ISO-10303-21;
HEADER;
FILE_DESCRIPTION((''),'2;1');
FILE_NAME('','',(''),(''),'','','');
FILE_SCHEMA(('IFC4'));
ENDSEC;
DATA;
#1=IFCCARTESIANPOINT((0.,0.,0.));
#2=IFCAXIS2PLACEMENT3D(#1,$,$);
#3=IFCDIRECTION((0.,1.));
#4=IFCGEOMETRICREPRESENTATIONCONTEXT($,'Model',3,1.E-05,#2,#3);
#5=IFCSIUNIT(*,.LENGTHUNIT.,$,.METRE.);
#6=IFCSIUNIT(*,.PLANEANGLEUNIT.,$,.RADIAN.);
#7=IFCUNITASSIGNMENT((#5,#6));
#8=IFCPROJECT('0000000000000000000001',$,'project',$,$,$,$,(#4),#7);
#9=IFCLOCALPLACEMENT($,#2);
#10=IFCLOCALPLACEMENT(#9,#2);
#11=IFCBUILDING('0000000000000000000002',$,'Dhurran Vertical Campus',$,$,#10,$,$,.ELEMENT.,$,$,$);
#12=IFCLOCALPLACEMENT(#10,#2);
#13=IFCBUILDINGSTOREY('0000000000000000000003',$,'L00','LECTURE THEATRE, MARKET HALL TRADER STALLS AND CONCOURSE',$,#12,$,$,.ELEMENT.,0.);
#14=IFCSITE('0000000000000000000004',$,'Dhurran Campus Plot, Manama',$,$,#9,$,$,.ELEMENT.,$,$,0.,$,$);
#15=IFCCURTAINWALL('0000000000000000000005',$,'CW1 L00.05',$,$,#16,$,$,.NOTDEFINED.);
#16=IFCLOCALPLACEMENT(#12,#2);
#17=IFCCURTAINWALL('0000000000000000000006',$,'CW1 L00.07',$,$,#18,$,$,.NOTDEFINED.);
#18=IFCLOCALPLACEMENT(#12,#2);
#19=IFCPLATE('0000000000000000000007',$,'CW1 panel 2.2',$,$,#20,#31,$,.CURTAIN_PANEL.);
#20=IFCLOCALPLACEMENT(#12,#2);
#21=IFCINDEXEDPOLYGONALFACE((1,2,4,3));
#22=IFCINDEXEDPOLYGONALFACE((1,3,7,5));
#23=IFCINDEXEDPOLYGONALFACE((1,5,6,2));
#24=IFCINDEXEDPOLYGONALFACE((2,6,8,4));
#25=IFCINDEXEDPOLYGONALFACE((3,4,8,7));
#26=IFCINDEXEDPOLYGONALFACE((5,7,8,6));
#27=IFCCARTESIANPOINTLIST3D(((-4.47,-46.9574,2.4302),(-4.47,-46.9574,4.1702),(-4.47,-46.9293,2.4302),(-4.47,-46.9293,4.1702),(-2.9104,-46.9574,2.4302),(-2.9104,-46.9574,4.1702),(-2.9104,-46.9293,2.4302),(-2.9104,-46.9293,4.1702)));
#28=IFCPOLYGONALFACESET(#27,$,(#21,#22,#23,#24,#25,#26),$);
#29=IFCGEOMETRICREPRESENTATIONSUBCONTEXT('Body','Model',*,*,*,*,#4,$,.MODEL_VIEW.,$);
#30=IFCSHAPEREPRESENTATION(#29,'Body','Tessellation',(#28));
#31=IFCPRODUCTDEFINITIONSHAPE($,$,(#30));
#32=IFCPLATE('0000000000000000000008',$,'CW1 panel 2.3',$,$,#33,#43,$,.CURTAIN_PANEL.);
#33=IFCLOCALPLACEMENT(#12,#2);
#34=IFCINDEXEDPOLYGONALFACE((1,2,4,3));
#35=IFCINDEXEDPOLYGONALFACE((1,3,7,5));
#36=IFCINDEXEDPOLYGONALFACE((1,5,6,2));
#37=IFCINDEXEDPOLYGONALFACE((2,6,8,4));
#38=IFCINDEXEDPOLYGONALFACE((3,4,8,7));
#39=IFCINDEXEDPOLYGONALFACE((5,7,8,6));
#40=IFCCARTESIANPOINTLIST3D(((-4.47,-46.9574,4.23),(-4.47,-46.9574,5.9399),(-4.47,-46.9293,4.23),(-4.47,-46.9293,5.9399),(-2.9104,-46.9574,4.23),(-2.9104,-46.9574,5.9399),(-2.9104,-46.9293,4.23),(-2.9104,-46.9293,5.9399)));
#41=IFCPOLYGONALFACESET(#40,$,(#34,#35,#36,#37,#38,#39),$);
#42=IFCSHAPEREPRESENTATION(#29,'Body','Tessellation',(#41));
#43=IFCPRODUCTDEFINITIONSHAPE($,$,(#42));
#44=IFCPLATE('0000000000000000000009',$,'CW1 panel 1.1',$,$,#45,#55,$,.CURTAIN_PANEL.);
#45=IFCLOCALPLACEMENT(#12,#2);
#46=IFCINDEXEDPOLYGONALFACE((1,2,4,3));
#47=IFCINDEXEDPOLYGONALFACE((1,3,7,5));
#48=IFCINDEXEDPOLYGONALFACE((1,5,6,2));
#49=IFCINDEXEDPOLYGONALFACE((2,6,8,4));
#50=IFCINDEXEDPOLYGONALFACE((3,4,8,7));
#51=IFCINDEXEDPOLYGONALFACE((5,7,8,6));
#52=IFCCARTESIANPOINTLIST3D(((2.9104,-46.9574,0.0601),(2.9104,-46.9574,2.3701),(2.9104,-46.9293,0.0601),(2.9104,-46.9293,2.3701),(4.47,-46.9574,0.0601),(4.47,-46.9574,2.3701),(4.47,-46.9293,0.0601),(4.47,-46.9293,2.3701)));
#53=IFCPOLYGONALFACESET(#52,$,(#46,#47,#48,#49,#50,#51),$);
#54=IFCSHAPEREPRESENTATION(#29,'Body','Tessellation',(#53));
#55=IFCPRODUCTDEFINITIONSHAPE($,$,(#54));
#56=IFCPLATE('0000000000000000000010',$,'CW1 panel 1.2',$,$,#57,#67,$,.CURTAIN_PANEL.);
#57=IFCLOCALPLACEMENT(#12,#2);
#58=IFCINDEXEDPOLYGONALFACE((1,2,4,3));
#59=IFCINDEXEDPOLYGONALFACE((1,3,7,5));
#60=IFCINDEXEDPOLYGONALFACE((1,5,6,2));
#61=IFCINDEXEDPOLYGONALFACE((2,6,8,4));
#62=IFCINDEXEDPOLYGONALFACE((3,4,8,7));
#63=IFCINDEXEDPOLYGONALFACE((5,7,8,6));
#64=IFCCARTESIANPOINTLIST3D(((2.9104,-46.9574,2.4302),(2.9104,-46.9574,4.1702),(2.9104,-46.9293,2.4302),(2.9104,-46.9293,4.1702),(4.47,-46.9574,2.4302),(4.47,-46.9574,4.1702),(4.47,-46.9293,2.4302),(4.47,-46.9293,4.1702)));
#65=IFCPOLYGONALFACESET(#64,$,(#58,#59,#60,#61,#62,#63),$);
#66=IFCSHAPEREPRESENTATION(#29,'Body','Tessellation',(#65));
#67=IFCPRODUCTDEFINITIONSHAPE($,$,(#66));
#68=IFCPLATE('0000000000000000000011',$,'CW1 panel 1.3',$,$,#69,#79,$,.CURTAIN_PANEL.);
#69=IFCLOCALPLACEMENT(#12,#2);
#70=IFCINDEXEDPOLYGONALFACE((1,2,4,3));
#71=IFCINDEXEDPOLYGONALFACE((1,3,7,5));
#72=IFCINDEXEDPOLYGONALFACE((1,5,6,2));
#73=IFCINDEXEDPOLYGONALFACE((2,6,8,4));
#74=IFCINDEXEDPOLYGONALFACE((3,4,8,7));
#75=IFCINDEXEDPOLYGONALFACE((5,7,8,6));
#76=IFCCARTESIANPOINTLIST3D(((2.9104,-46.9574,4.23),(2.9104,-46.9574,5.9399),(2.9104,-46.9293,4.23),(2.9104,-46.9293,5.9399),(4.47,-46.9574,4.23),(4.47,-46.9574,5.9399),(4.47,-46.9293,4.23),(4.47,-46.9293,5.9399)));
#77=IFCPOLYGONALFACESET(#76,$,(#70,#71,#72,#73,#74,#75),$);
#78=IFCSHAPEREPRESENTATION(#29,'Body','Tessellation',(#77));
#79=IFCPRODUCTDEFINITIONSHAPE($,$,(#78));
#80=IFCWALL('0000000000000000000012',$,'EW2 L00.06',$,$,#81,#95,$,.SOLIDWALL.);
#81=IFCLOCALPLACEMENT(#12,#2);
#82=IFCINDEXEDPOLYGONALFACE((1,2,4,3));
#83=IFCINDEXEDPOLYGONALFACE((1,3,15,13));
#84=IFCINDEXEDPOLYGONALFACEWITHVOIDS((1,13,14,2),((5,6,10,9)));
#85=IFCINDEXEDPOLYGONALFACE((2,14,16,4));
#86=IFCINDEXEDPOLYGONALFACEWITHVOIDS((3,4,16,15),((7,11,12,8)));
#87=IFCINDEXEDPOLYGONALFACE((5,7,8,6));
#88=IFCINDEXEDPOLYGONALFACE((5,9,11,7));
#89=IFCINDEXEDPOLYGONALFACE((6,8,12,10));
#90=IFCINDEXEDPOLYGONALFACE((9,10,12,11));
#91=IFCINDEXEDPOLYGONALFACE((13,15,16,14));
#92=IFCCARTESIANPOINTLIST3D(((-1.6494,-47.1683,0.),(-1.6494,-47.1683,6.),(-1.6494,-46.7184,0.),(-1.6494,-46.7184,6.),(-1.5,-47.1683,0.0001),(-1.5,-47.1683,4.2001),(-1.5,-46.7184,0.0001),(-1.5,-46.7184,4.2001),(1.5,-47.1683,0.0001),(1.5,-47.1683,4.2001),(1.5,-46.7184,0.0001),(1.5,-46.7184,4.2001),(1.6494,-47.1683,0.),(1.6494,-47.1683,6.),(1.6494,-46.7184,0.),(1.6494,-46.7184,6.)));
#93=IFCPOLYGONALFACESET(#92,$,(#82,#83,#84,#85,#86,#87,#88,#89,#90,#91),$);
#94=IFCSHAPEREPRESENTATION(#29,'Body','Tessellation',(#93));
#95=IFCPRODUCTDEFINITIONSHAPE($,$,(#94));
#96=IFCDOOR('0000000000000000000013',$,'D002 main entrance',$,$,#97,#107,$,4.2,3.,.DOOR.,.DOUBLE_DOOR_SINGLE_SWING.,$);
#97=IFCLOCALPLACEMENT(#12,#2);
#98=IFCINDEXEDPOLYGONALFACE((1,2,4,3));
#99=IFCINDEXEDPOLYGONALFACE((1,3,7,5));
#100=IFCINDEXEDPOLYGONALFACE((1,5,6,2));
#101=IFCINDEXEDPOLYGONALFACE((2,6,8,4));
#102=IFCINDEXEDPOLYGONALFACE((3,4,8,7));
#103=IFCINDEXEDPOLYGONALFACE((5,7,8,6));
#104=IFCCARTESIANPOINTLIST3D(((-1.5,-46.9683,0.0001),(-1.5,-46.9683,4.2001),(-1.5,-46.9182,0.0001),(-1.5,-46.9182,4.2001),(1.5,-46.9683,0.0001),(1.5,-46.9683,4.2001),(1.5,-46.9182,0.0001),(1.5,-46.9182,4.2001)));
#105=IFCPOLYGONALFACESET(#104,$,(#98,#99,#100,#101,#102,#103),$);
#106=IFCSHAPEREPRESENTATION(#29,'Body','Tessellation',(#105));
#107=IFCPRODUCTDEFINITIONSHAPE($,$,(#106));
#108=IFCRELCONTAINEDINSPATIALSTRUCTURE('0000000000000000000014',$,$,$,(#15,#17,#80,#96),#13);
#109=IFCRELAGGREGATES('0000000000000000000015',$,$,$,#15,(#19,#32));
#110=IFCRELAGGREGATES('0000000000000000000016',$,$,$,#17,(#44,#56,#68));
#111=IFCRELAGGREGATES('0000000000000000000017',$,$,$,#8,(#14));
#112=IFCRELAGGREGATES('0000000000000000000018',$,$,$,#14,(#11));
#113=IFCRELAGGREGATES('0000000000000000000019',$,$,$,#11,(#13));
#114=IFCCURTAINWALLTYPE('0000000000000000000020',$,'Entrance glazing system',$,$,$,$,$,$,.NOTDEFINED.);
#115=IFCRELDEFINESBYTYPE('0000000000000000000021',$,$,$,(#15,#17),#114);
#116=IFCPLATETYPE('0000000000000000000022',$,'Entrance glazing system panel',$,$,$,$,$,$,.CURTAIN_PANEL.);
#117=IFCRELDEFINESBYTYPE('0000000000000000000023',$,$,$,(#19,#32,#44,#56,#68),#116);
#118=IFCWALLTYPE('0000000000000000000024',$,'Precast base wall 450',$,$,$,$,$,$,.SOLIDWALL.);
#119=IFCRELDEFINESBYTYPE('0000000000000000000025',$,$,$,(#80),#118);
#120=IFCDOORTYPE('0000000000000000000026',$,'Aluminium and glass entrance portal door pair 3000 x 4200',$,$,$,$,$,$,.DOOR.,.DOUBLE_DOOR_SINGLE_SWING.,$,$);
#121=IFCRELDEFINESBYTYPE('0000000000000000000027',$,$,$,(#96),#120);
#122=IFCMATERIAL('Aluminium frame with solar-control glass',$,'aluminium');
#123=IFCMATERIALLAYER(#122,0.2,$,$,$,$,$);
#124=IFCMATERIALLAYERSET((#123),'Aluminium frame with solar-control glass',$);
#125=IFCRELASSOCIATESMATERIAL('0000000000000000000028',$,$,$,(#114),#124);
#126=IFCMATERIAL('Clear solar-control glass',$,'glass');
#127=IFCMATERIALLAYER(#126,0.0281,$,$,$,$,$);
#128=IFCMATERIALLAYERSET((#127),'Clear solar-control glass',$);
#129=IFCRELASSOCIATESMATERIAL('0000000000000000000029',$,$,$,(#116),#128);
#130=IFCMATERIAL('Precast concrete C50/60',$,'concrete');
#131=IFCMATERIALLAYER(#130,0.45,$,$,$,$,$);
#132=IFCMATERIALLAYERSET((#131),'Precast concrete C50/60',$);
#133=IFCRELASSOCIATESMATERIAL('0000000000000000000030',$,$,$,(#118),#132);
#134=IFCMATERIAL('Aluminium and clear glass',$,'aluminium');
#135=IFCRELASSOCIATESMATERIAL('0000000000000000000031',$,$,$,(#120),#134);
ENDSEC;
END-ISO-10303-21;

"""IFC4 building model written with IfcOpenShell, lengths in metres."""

from ifc_helpers import new_model, si_unit, direction, frame, frame_2d, origin, origin_2d, place, context, subcontext, project, spatial, rectangle, extrude, material, layer, layer_set, type_object, element, fill, aggregate, save


model = new_model("IFC4")

# Units and contexts
model_context = context("Model", 3, precision=1e-05, world=origin(), true_north=direction((0.0, 1.0)))
body_context = subcontext(model_context, "Body", "Model", "MODEL_VIEW")
ifc_project = project(units=[si_unit("LENGTHUNIT", "METRE"), si_unit("PLANEANGLEUNIT", "RADIAN")], contexts=[model_context])

# Site, building, storey
site_placement = place(None, origin())
site = spatial("IfcSite", under=ifc_project, at=site_placement, Name="Dhurran Campus Plot, Manama", CompositionType="ELEMENT", RefElevation=0.0)
building_placement = place(site_placement, origin())
building = spatial("IfcBuilding", under=site, at=building_placement, Name="Dhurran Vertical Campus", CompositionType="ELEMENT")
storey_placement = place(building_placement, origin())
storey = spatial("IfcBuildingStorey", under=building, at=storey_placement, Name="L00", Description="LECTURE THEATRE, MARKET HALL TRADER STALLS AND CONCOURSE", CompositionType="ELEMENT", Elevation=0.0)

# Curtain wall
ifc_material_1 = material(Name="Aluminium frame with solar-control glass", Category="aluminium")
ifc_layer_1 = layer(ifc_material_1, 0.2)
ifc_layer_set_1 = layer_set([ifc_layer_1], Name="Aluminium frame with solar-control glass")
curtain_wall_type = type_object("IfcCurtainWallType", Name="Entrance glazing system", PredefinedType="NOTDEFINED", material=ifc_layer_set_1)
curtain_wall_1_placement = place(storey_placement, origin())
curtain_wall_1 = element("IfcCurtainWall", 1, at=curtain_wall_1_placement, inside=storey, type_object=curtain_wall_type, Name="CW1 L00.05", PredefinedType="NOTDEFINED")

# Curtain wall
curtain_wall_2_placement = place(storey_placement, origin())
curtain_wall_2 = element("IfcCurtainWall", 2, at=curtain_wall_2_placement, inside=storey, type_object=curtain_wall_type, Name="CW1 L00.07", PredefinedType="NOTDEFINED")

# Plates
ifc_material_2 = material(Name="Clear solar-control glass", Category="glass")
ifc_layer_2 = layer(ifc_material_2, 0.0281)
ifc_layer_set_2 = layer_set([ifc_layer_2], Name="Clear solar-control glass")
plate_type = type_object("IfcPlateType", Name="Entrance glazing system panel", PredefinedType="CURTAIN_PANEL", material=ifc_layer_set_2)
plate_1_placement = place(storey_placement, frame((-3.6902, -46.9434, 2.4302), z_axis=(0.0, 0.0, 1.0), x_axis=(1.0, 0.0, 0.0)))
plate_1 = element("IfcPlate", 3, at=plate_1_placement, type_object=plate_type, Name="CW1 panel 2.2", PredefinedType="CURTAIN_PANEL", context=body_context, shape_type="SweptSolid", body=[
    extrude(rectangle(XDim=1.5596, YDim=0.0281, at=origin_2d()), origin(), (0.0, 0.0, 1.0), 1.74),
])
plate_2_placement = place(storey_placement, frame((-3.6902, -46.9434, 4.23), z_axis=(0.0, 0.0, 1.0), x_axis=(1.0, 0.0, 0.0)))
plate_2 = element("IfcPlate", 4, at=plate_2_placement, type_object=plate_type, Name="CW1 panel 2.3", PredefinedType="CURTAIN_PANEL", context=body_context, shape_type="SweptSolid", body=[
    extrude(rectangle(XDim=1.5596, YDim=0.0281, at=origin_2d()), origin(), (0.0, 0.0, 1.0), 1.71),
])
aggregate(curtain_wall_1, [plate_1, plate_2])
plate_3_placement = place(storey_placement, frame((3.6902, -46.9434, 0.0601), z_axis=(0.0, 0.0, 1.0), x_axis=(1.0, 0.0, 0.0)))
plate_3 = element("IfcPlate", 5, at=plate_3_placement, type_object=plate_type, Name="CW1 panel 1.1", PredefinedType="CURTAIN_PANEL", context=body_context, shape_type="SweptSolid", body=[
    extrude(rectangle(XDim=1.5596, YDim=0.0281, at=origin_2d()), origin(), (0.0, 0.0, 1.0), 2.3101),
])
plate_4_placement = place(storey_placement, frame((3.6902, -46.9434, 2.4302), z_axis=(0.0, 0.0, 1.0), x_axis=(1.0, 0.0, 0.0)))
plate_4 = element("IfcPlate", 6, at=plate_4_placement, type_object=plate_type, Name="CW1 panel 1.2", PredefinedType="CURTAIN_PANEL", context=body_context, shape_type="SweptSolid", body=[
    extrude(rectangle(XDim=1.5596, YDim=0.0281, at=origin_2d()), origin(), (0.0, 0.0, 1.0), 1.74),
])
plate_5_placement = place(storey_placement, frame((3.6902, -46.9434, 4.23), z_axis=(0.0, 0.0, 1.0), x_axis=(1.0, 0.0, 0.0)))
plate_5 = element("IfcPlate", 7, at=plate_5_placement, type_object=plate_type, Name="CW1 panel 1.3", PredefinedType="CURTAIN_PANEL", context=body_context, shape_type="SweptSolid", body=[
    extrude(rectangle(XDim=1.5596, YDim=0.0281, at=origin_2d()), origin(), (0.0, 0.0, 1.0), 1.71),
])
aggregate(curtain_wall_2, [plate_3, plate_4, plate_5])

# Wall, opening, door
ifc_material_3 = material(Name="Precast concrete C50/60", Category="concrete")
ifc_layer_3 = layer(ifc_material_3, 0.45)
ifc_layer_set_3 = layer_set([ifc_layer_3], Name="Precast concrete C50/60")
wall_type = type_object("IfcWallType", Name="Precast base wall 450", PredefinedType="SOLIDWALL", material=ifc_layer_set_3)
wall_placement = place(storey_placement, frame((1.6494, -46.9434, 0.0), z_axis=(0.0, 0.0, 1.0), x_axis=(-1.0, 0.0, 0.0)))
wall = element("IfcWall", 8, at=wall_placement, inside=storey, type_object=wall_type, Name="EW2 L00.06", PredefinedType="SOLIDWALL", context=body_context, shape_type="SweptSolid", body=[
    extrude(rectangle(XDim=3.2988, YDim=0.45, at=frame_2d((1.6494, 0.0))), origin(), (0.0, 0.0, 1.0), 6.0),
])
opening_placement = place(wall_placement, frame((0.1494, 0.0, 0.0)))
opening = element("IfcOpeningElement", 9, at=opening_placement, cuts=wall, PredefinedType="OPENING", context=body_context, shape_type="SweptSolid", body=[
    extrude(rectangle(XDim=3.0, YDim=4.2, at=frame_2d((1.5, 2.1001))), frame((0.0, 0.2349, 0.0), z_axis=(0.0, -1.0, 0.0), x_axis=(1.0, 0.0, 0.0)), (0.0, 0.0, 1.0), 0.47),
])
ifc_material_4 = material(Name="Aluminium and clear glass", Category="aluminium")
door_type = type_object("IfcDoorType", Name="Aluminium and glass entrance portal door pair 3000 x 4200", OperationType="DOUBLE_DOOR_SINGLE_SWING", PredefinedType="DOOR", material=ifc_material_4)
door_placement = place(opening_placement, origin())
door = element("IfcDoor", 10, at=door_placement, inside=storey, type_object=door_type, Name="D002 main entrance", OperationType="DOUBLE_DOOR_SINGLE_SWING", OverallHeight=4.2, OverallWidth=3.0, PredefinedType="DOOR", context=body_context, shape_type="SweptSolid", body=[
    extrude(rectangle(XDim=3.0, YDim=4.2, at=frame_2d((1.5, 2.1001))), frame((0.0, 0.0249, 0.0), z_axis=(0.0, -1.0, 0.0), x_axis=(1.0, 0.0, 0.0)), (0.0, 0.0, 1.0), 0.05),
])
fill(opening, door)

save(model, "model.ifc")
